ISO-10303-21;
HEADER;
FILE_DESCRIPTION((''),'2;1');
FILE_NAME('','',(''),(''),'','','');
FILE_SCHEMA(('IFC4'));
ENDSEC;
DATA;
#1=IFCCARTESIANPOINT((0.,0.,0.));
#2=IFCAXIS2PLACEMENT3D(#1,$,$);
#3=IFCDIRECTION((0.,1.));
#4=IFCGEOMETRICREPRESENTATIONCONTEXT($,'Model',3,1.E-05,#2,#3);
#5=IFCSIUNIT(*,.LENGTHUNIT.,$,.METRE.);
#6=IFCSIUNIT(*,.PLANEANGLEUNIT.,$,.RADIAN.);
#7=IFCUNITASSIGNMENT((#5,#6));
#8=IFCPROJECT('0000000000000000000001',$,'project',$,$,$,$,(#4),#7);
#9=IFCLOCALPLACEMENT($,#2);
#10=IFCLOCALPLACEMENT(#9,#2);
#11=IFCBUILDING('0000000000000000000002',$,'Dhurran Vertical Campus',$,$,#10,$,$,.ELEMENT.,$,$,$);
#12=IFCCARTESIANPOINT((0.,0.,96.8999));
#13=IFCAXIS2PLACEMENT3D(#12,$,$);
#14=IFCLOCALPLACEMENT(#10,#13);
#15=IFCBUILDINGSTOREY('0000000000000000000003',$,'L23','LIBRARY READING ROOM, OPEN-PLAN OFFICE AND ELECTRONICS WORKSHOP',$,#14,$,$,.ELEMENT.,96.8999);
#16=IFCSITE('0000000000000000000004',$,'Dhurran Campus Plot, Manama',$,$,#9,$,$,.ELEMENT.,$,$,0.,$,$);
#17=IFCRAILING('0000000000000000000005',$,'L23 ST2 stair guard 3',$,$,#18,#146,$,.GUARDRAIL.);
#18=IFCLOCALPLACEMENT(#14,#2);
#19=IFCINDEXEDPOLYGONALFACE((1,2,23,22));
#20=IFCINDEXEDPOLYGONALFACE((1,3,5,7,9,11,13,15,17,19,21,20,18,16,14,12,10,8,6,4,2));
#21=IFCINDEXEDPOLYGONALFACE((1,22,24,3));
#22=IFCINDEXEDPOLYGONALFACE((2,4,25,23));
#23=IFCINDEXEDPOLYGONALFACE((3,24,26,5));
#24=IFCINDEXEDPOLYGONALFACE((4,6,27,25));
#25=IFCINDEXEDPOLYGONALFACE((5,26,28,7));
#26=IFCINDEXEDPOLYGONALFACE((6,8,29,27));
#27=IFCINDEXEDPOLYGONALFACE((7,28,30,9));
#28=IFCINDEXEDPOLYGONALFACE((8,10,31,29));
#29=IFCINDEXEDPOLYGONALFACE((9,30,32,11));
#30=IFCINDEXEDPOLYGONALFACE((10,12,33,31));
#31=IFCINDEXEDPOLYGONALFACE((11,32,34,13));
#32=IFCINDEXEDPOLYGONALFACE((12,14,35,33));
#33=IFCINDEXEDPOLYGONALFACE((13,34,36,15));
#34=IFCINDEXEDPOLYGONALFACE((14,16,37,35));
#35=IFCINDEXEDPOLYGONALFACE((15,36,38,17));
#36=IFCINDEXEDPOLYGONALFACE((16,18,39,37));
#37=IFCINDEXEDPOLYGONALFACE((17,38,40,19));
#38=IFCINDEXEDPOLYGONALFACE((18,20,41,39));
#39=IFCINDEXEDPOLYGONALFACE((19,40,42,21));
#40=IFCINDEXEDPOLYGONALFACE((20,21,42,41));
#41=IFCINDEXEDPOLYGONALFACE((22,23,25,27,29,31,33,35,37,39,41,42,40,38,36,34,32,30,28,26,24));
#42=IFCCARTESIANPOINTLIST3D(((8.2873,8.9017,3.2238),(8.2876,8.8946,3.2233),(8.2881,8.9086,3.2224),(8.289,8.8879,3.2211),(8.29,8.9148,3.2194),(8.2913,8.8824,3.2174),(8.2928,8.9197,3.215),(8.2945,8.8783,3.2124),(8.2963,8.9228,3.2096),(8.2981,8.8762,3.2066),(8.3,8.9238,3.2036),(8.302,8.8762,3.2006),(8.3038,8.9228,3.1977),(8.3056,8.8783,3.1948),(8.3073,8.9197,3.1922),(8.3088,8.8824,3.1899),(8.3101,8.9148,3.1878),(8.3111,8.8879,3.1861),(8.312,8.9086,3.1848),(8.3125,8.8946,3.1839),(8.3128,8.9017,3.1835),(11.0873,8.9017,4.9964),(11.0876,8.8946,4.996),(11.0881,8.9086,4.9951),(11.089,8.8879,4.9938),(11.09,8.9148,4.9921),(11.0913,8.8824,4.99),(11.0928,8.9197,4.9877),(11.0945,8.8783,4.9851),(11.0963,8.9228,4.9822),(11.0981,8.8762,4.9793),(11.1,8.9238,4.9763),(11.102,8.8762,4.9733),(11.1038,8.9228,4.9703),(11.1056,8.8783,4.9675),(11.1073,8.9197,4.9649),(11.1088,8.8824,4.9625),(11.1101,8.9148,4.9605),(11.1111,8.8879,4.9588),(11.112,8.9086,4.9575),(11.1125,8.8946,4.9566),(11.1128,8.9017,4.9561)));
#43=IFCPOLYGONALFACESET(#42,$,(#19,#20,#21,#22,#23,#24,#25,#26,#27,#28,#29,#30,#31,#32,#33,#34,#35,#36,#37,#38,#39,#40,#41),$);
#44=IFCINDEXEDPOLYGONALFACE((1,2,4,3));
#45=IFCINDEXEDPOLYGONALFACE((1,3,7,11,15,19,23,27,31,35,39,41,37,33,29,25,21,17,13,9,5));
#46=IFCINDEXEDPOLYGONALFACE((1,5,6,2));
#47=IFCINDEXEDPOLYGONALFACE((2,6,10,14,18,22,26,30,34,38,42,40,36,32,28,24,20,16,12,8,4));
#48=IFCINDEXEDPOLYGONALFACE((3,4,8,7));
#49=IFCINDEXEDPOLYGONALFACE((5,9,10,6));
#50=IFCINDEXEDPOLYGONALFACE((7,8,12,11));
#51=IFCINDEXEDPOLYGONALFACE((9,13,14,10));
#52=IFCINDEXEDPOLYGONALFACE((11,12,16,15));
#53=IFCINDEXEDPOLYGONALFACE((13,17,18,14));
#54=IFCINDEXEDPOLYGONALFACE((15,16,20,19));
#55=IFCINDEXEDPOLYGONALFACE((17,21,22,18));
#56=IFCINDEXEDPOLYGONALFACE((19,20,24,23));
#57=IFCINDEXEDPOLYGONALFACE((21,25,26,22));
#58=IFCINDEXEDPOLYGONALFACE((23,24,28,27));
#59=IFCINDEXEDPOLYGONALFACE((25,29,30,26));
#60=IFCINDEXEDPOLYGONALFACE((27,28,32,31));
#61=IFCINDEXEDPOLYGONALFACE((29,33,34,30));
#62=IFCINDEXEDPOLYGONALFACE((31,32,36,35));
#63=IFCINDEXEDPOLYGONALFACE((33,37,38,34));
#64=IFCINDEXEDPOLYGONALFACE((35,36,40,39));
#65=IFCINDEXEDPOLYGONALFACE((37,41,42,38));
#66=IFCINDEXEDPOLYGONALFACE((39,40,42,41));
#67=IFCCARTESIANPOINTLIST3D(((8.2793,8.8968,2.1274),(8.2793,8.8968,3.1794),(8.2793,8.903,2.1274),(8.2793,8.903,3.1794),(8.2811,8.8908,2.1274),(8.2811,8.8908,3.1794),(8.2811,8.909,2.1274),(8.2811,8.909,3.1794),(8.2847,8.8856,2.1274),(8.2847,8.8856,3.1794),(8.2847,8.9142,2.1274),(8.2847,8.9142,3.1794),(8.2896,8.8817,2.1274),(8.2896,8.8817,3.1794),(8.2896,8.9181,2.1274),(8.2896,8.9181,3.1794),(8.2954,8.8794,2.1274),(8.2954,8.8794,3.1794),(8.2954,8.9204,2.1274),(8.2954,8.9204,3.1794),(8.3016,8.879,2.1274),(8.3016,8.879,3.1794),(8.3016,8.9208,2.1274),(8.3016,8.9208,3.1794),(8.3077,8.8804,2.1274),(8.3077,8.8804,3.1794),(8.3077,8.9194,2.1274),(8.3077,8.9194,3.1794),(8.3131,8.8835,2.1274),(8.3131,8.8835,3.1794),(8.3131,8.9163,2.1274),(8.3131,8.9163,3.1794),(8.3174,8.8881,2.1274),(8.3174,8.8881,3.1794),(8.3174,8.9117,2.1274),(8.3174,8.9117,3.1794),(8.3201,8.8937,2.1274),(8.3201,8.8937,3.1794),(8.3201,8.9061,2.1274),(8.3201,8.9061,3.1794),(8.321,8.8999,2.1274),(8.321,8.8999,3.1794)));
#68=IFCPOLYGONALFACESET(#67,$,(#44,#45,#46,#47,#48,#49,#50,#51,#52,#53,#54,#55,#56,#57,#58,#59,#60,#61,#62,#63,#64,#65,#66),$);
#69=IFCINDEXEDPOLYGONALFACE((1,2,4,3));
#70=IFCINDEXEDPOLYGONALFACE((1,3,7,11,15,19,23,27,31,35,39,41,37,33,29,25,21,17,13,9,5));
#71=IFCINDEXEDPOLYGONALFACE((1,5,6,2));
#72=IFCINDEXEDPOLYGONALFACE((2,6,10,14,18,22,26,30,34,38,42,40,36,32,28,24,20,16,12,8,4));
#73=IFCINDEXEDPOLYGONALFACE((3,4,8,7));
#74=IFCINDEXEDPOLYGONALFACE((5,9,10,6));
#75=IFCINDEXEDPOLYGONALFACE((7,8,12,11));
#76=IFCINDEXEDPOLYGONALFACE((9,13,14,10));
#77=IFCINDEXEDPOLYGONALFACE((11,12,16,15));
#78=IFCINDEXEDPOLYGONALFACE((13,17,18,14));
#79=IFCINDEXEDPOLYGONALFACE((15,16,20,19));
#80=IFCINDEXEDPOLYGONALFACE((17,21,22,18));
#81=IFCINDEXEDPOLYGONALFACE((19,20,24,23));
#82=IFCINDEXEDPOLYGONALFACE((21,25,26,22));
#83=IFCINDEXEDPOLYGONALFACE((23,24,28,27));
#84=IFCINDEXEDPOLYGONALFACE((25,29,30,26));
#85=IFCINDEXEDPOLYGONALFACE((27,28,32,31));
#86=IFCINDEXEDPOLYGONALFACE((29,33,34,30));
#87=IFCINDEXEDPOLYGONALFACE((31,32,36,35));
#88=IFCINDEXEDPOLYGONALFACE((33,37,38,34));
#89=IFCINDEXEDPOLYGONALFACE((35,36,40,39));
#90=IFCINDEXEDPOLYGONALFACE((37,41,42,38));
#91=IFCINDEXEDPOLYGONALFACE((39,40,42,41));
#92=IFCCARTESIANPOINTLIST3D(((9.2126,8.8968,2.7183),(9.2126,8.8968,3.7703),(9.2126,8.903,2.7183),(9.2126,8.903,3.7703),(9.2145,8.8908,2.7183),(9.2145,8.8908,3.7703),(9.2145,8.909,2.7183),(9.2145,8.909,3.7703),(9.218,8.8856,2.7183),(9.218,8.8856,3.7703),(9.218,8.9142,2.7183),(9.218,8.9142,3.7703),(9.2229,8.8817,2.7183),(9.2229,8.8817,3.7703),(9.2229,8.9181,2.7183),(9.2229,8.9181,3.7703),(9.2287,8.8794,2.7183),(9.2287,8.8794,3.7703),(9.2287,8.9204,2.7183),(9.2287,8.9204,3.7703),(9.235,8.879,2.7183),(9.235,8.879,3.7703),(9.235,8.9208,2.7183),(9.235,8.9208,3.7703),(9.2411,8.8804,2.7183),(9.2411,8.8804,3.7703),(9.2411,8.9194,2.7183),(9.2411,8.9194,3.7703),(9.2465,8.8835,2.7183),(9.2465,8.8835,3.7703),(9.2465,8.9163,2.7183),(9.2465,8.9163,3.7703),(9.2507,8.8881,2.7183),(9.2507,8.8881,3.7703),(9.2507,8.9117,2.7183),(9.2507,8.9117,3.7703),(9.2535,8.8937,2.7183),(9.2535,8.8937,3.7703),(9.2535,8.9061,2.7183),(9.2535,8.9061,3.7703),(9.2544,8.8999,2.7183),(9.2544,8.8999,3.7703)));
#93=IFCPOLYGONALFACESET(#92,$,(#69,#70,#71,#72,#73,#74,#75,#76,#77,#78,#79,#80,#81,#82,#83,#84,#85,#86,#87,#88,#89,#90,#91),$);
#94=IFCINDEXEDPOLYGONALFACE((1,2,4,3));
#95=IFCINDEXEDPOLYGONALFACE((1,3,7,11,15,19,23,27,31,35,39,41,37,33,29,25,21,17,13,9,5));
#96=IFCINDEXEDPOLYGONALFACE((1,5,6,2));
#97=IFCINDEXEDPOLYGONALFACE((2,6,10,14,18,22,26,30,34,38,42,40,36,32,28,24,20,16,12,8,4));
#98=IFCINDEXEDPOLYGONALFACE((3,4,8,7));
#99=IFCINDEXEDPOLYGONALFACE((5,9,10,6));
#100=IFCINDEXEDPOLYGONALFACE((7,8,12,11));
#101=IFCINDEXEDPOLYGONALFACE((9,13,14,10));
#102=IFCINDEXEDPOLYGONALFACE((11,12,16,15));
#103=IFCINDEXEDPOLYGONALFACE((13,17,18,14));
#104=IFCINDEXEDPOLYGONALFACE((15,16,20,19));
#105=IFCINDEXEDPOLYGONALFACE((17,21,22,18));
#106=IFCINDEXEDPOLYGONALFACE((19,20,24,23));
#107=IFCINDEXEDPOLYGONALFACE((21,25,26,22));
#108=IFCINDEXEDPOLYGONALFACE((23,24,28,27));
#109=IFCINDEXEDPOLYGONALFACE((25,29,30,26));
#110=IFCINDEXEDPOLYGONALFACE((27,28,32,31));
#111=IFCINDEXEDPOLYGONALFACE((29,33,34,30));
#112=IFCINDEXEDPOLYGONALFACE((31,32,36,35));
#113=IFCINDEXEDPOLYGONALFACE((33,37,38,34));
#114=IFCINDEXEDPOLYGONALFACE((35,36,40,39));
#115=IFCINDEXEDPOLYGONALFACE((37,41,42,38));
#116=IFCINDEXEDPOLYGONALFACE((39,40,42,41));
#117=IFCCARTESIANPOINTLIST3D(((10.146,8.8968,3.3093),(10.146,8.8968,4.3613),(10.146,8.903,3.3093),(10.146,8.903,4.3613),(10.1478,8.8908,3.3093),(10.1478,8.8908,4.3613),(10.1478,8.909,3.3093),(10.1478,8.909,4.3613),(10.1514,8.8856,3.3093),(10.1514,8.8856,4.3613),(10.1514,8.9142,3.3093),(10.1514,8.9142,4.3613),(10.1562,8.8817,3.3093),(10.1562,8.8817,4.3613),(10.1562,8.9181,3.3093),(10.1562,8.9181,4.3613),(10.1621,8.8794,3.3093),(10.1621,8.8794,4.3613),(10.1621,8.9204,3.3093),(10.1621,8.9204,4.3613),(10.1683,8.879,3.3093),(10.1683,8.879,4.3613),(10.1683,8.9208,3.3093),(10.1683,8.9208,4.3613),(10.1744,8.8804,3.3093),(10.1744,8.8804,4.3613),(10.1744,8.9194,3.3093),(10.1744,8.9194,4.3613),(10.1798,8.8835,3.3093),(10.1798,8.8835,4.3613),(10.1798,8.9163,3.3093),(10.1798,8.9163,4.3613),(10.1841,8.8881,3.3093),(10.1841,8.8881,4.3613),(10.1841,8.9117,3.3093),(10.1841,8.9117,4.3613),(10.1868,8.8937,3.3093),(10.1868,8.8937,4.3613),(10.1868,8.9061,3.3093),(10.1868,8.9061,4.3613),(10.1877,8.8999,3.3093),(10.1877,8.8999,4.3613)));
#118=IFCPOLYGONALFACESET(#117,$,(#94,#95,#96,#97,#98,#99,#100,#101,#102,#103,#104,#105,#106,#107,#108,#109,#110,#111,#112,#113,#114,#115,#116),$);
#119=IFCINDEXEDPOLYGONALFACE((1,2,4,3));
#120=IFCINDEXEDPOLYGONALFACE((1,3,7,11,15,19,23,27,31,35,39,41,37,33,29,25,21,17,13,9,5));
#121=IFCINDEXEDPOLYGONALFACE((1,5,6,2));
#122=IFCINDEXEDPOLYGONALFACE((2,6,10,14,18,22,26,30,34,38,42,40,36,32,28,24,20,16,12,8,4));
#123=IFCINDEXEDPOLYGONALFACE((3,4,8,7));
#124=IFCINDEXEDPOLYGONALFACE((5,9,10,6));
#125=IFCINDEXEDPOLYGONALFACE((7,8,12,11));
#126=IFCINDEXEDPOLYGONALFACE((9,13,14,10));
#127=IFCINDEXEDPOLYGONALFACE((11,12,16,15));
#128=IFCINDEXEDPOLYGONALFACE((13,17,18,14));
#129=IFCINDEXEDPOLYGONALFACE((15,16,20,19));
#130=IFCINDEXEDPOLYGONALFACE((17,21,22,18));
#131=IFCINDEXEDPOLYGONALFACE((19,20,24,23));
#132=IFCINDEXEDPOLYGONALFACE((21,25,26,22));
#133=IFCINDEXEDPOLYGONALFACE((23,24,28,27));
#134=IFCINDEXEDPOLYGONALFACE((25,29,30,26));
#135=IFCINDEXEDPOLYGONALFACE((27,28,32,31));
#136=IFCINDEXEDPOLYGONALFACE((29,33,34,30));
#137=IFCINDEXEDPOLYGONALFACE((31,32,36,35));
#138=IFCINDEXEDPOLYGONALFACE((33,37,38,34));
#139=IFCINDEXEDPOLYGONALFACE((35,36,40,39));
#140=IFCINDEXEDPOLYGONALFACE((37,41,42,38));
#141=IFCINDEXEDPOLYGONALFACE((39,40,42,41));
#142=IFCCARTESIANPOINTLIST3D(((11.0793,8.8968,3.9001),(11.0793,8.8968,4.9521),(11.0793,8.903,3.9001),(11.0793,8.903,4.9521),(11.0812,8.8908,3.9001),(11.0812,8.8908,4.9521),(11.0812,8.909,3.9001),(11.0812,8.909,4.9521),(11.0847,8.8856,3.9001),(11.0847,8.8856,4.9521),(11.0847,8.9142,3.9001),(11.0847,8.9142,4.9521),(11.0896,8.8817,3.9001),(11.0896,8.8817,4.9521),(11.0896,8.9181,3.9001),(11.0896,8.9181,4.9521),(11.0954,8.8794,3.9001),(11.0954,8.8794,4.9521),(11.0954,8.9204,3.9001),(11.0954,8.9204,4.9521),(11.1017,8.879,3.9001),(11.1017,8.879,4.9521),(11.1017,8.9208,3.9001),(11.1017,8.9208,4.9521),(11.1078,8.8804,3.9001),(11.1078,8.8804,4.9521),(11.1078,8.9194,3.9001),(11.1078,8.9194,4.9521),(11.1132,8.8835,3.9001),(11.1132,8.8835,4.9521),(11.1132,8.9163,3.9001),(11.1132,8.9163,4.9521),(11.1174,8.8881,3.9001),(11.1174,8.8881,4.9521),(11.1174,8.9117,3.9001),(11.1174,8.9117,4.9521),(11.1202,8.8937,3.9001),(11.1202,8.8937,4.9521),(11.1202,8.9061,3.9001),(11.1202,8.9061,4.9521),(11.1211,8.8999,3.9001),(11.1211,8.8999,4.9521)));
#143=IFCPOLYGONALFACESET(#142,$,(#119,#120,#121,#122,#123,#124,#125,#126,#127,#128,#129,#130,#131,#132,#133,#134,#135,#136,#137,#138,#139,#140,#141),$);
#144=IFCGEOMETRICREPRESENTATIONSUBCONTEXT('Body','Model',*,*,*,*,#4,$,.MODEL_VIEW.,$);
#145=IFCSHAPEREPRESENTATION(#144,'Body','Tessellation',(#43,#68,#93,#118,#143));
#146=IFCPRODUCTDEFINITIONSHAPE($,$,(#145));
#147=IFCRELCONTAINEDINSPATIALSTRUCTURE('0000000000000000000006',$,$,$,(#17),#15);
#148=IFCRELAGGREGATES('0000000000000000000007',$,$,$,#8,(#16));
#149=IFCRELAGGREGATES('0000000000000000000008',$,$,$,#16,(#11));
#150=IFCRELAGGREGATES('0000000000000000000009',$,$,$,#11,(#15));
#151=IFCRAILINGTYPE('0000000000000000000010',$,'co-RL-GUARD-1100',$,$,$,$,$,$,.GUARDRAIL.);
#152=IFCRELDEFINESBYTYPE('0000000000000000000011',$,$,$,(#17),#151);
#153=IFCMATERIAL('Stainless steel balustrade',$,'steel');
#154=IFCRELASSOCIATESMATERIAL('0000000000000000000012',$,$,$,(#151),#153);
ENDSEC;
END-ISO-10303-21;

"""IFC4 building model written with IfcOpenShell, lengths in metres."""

from ifc_helpers import new_model, si_unit, direction, frame, origin, origin_2d, place, context, subcontext, project, spatial, circle, extrude, material, type_object, element, save


model = new_model("IFC4")

# Units and contexts
model_context = context("Model", 3, precision=1e-05, world=origin(), true_north=direction((0.0, 1.0)))
body_context = subcontext(model_context, "Body", "Model", "MODEL_VIEW")
ifc_project = project(units=[si_unit("LENGTHUNIT", "METRE"), si_unit("PLANEANGLEUNIT", "RADIAN")], contexts=[model_context])

# Site, building, storey
site_placement = place(None, origin())
site = spatial("IfcSite", under=ifc_project, at=site_placement, Name="Dhurran Campus Plot, Manama", CompositionType="ELEMENT", RefElevation=0.0)
building_placement = place(site_placement, origin())
building = spatial("IfcBuilding", under=site, at=building_placement, Name="Dhurran Vertical Campus", CompositionType="ELEMENT")
storey_placement = place(building_placement, frame((0.0, 0.0, 96.8999)))
storey = spatial("IfcBuildingStorey", under=building, at=storey_placement, Name="L23", Description="LIBRARY READING ROOM, OPEN-PLAN OFFICE AND ELECTRONICS WORKSHOP", CompositionType="ELEMENT", Elevation=96.8999)

# Railing
ifc_material_1 = material(Name="Stainless steel balustrade", Category="steel")
railing_type = type_object("IfcRailingType", Name="co-RL-GUARD-1100", PredefinedType="GUARDRAIL", material=ifc_material_1)
railing_1_placement = place(storey_placement, frame((8.3, 8.8999, 2.1274)))
element("IfcRailing", 1, at=railing_1_placement, inside=storey, type_object=railing_type, Name="L23 ST2 stair guard 3", PredefinedType="GUARDRAIL", context=body_context, shape_type="SweptSolid", body=[
    extrude(circle(Radius=0.0239, at=origin_2d()), frame((0.0, 0.0, 1.0762), z_axis=(0.844909, 0.0, 0.53491), x_axis=(0.0, 1.0, 0.0)), (0.0, 0.0, 1.0), 3.314),
    extrude(circle(Radius=0.021, at=origin_2d()), origin(), (0.0, 0.0, 1.0), 1.052),
    extrude(circle(Radius=0.021, at=origin_2d()), frame((0.9333, 0.0, 0.5908)), (0.0, 0.0, 1.0), 1.052),
    extrude(circle(Radius=0.021, at=origin_2d()), frame((1.8667, 0.0, 1.1819)), (0.0, 0.0, 1.0), 1.052),
    extrude(circle(Radius=0.021, at=origin_2d()), frame((2.8, 0.0, 1.7727)), (0.0, 0.0, 1.0), 1.052),
])

save(model, "model.ifc")
